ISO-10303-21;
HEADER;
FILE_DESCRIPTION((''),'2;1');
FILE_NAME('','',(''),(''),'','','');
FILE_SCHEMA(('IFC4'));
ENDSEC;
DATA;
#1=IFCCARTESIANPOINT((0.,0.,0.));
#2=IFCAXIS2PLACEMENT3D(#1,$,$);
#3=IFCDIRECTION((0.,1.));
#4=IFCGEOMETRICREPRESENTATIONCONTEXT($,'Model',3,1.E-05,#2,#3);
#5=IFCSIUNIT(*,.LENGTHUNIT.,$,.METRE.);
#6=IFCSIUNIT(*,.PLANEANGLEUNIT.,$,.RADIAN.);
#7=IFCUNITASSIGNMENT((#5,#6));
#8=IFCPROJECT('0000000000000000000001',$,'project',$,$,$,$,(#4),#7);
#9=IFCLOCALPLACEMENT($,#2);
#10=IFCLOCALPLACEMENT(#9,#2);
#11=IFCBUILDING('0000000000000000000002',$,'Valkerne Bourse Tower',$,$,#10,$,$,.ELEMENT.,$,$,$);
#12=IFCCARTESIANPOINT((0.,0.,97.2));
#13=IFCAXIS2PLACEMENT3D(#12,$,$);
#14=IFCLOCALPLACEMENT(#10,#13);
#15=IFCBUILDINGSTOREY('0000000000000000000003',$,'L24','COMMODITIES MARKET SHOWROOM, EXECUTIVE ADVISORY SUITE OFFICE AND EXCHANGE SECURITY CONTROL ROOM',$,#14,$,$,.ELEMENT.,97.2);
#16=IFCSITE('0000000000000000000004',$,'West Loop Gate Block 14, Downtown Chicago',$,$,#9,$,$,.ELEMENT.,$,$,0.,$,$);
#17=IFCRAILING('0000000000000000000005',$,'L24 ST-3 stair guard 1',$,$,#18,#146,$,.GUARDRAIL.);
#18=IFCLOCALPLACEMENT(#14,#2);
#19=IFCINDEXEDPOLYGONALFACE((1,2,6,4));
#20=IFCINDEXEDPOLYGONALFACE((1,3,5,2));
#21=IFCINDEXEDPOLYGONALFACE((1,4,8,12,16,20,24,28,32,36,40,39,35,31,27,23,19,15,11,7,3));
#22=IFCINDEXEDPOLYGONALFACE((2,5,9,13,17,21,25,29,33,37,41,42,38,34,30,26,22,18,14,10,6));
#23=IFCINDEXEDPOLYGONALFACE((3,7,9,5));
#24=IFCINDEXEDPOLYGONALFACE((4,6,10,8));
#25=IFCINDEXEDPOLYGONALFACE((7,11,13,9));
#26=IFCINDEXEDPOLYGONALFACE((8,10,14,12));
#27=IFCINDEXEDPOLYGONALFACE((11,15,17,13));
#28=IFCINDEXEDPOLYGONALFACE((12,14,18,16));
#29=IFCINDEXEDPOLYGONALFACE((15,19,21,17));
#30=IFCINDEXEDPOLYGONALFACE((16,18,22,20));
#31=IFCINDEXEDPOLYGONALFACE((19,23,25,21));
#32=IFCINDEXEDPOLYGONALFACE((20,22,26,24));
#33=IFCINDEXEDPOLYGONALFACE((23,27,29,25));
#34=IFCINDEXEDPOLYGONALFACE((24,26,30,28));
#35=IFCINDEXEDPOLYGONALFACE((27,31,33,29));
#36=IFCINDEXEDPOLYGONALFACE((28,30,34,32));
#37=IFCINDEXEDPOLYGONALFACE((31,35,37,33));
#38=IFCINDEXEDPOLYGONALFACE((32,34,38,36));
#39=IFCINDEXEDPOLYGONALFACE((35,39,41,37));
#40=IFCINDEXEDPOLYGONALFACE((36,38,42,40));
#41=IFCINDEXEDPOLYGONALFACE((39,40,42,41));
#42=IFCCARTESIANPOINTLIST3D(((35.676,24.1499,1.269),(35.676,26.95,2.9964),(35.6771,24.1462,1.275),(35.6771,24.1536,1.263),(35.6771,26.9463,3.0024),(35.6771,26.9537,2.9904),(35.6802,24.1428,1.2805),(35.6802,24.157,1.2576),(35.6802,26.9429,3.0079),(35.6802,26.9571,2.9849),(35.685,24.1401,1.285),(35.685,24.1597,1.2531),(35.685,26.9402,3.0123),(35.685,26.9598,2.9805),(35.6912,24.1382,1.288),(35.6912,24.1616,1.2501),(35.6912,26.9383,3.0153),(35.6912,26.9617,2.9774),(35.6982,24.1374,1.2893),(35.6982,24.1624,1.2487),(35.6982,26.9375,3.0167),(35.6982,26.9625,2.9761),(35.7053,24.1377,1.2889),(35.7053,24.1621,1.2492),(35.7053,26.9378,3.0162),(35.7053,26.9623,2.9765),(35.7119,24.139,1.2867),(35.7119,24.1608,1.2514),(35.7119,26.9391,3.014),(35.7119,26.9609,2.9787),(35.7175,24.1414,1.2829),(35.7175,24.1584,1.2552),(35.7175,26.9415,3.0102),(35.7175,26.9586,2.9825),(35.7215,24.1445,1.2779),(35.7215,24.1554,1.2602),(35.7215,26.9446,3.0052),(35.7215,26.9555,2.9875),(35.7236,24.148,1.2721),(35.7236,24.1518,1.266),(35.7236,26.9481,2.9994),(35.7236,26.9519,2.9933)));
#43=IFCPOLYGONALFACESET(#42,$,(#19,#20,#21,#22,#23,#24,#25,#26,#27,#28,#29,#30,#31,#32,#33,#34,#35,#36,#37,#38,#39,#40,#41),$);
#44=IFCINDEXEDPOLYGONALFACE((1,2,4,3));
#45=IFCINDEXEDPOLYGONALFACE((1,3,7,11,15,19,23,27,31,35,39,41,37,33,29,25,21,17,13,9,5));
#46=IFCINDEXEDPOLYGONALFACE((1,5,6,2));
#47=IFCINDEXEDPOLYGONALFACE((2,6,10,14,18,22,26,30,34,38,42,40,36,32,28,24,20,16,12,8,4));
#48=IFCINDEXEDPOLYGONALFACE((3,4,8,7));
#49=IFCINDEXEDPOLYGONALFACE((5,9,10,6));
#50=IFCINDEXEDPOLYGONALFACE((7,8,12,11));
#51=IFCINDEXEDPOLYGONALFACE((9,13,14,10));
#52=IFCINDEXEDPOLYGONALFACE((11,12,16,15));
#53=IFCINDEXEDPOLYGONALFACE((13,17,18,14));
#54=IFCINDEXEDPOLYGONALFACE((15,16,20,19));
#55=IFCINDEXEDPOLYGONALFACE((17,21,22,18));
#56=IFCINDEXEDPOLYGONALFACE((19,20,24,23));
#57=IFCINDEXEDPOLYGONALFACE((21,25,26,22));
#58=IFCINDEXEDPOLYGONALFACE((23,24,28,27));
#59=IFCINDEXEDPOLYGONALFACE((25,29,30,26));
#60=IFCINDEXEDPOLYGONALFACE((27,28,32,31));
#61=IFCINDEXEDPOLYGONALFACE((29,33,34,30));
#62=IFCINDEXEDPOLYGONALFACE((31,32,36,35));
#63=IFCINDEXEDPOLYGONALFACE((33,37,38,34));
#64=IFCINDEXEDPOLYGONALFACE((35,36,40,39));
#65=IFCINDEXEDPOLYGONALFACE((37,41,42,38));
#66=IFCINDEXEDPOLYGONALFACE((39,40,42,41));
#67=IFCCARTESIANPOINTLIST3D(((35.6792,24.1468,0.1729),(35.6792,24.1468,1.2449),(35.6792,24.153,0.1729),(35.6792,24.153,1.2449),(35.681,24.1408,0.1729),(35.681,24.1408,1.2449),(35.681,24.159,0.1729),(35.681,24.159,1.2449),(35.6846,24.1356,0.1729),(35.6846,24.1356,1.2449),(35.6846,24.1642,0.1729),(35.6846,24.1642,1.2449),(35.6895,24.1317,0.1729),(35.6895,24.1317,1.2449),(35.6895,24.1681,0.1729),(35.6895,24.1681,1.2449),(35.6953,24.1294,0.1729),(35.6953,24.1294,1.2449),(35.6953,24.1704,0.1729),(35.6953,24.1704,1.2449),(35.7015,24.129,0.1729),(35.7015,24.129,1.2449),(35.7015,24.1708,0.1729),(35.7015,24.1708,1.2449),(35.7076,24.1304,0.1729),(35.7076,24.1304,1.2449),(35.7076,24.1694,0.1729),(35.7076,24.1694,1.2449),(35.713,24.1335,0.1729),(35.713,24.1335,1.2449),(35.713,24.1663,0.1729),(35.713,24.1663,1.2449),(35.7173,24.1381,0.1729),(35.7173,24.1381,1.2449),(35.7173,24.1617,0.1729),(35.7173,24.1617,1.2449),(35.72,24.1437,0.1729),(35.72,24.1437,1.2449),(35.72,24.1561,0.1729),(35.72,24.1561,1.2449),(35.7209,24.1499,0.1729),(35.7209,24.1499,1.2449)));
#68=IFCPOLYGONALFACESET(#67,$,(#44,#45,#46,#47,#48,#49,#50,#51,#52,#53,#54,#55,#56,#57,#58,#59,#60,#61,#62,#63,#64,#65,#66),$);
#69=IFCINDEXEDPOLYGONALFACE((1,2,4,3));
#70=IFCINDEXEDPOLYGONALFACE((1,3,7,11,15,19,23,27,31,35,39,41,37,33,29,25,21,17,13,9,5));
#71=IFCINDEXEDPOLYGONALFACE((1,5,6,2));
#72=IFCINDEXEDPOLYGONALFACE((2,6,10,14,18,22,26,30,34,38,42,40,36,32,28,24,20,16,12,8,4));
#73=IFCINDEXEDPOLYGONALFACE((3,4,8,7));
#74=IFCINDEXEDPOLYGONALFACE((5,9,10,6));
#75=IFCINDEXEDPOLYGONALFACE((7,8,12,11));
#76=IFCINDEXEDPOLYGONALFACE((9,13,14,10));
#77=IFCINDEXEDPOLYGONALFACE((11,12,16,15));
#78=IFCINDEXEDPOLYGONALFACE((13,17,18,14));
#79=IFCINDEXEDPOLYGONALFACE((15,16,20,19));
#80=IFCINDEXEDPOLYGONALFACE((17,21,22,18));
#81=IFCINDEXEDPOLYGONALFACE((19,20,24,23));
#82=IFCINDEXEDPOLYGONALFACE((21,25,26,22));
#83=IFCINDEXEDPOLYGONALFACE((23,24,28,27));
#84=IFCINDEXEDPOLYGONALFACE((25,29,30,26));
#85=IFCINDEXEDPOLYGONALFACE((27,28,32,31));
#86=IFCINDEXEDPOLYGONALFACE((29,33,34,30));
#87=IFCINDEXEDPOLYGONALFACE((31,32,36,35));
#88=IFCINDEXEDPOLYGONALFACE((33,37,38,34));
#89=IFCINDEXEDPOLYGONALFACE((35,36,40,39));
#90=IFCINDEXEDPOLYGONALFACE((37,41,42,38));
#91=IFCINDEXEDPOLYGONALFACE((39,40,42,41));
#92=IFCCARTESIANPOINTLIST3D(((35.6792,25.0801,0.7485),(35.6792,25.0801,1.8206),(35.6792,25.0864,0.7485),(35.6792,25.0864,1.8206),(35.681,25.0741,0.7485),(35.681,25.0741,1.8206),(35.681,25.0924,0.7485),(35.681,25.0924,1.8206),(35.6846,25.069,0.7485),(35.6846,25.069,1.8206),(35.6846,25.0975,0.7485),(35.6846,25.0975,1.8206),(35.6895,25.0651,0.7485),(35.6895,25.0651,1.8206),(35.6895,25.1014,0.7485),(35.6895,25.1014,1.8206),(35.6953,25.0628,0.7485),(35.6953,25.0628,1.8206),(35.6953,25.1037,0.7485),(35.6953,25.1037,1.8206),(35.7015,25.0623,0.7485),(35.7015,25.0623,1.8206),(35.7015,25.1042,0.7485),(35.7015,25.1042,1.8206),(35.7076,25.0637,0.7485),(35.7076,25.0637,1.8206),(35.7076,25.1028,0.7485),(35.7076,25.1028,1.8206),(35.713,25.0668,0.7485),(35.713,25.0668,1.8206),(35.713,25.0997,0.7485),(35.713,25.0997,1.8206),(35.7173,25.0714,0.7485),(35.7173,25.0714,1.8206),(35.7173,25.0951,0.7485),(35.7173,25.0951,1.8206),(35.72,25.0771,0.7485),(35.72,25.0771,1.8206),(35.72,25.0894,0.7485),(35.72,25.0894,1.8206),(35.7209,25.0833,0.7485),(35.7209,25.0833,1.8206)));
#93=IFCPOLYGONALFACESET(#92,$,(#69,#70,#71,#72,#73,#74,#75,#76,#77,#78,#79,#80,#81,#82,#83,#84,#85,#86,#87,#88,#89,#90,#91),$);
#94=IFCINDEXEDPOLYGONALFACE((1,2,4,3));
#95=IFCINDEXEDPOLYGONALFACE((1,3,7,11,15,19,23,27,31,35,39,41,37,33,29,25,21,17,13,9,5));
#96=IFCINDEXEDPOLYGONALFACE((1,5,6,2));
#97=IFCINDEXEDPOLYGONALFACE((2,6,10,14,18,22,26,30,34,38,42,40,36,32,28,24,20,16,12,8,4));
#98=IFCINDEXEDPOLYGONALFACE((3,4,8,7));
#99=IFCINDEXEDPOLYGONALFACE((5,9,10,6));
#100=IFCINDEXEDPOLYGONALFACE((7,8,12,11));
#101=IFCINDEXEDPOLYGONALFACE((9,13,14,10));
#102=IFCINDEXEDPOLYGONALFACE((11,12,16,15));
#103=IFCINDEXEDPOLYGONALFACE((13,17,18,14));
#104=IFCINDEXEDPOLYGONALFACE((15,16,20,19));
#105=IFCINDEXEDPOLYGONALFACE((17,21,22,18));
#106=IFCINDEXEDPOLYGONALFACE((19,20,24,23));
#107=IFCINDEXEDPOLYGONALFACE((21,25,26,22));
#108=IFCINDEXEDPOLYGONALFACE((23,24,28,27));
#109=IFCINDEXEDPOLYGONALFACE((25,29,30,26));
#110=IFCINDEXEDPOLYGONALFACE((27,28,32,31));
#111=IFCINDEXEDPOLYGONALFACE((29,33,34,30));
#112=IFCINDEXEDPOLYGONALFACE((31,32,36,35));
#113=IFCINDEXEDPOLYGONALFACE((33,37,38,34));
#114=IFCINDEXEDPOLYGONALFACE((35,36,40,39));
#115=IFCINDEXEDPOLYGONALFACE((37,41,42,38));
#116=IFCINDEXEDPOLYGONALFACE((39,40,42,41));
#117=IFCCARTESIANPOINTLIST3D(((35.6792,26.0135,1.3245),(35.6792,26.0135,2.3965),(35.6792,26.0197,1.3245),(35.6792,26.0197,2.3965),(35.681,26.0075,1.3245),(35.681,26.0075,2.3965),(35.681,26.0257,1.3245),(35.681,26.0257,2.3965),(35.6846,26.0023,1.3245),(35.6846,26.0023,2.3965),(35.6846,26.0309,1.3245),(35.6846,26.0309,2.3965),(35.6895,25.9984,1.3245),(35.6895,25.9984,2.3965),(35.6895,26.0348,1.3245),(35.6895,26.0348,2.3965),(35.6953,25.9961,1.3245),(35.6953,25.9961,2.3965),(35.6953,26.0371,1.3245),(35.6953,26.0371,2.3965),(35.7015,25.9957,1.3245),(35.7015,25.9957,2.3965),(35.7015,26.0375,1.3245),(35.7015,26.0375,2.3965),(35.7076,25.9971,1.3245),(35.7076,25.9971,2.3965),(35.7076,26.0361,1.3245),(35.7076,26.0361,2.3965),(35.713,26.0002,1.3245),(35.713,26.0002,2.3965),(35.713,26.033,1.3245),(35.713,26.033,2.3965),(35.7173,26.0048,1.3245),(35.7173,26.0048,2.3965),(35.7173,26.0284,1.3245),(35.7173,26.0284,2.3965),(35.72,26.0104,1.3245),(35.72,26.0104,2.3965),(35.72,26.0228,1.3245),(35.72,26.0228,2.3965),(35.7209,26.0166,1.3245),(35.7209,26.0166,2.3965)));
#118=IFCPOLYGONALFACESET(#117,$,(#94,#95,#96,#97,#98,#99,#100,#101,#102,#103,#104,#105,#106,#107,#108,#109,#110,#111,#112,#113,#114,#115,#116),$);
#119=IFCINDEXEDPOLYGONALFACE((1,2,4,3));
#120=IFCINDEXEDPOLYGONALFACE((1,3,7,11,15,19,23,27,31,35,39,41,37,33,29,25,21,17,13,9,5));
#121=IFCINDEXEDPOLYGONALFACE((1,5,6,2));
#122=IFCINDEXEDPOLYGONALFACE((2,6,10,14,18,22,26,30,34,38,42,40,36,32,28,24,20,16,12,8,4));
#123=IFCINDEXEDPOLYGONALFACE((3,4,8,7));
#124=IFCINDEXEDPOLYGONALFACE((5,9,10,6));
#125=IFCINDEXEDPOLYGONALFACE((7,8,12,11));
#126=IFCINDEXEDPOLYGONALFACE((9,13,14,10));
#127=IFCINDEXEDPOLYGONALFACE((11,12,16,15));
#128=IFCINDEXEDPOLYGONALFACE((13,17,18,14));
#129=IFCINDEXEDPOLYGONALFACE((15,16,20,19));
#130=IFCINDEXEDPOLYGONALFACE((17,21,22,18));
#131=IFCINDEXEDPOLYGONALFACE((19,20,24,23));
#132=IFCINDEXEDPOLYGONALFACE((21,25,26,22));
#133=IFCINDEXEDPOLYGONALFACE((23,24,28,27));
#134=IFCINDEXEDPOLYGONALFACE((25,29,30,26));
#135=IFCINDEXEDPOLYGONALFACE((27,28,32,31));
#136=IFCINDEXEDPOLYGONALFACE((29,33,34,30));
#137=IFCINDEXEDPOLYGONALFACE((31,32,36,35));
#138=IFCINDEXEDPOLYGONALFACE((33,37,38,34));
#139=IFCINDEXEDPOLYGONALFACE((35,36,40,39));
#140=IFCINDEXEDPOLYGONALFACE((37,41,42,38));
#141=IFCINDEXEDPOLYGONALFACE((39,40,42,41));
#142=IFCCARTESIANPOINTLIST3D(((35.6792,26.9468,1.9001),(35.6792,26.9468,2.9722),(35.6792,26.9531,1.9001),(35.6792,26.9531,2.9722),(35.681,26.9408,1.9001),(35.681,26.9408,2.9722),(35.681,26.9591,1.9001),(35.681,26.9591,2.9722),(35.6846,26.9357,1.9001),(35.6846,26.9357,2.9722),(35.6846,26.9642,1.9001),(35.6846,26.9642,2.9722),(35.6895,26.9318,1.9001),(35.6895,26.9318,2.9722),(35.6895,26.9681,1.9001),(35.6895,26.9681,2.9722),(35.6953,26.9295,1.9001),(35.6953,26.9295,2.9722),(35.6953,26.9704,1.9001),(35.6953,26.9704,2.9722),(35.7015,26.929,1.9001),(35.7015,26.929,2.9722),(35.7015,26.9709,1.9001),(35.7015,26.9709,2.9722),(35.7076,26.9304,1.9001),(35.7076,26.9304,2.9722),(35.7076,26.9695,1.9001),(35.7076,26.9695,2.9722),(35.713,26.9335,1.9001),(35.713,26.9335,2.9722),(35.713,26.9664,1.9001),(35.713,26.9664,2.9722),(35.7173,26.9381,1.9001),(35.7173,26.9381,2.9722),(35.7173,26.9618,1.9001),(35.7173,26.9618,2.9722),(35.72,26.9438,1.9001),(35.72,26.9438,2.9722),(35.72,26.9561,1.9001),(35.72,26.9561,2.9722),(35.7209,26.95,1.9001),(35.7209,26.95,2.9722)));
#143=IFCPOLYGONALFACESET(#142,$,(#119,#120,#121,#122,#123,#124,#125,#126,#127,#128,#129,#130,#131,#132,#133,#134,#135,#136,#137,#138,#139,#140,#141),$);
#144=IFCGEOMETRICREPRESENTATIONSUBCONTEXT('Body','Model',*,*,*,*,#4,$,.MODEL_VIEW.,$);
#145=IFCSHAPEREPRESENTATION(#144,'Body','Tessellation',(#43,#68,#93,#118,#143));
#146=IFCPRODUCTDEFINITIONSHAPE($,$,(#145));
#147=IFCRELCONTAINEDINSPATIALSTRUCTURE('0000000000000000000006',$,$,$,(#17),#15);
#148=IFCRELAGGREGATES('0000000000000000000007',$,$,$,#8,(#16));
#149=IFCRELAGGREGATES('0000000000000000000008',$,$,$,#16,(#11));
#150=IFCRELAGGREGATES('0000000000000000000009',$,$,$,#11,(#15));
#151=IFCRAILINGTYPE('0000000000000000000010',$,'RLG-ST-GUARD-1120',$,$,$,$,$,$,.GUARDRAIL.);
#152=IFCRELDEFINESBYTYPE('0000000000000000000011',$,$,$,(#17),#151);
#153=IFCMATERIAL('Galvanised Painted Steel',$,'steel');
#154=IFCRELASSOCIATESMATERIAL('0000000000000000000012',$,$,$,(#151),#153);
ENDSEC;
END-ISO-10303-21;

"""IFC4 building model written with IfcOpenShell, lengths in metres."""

from ifc_helpers import new_model, si_unit, direction, frame, origin, origin_2d, place, context, subcontext, project, spatial, circle, extrude, material, type_object, element, save


model = new_model("IFC4")

# Units and contexts
model_context = context("Model", 3, precision=1e-05, world=origin(), true_north=direction((0.0, 1.0)))
body_context = subcontext(model_context, "Body", "Model", "MODEL_VIEW")
ifc_project = project(units=[si_unit("LENGTHUNIT", "METRE"), si_unit("PLANEANGLEUNIT", "RADIAN")], contexts=[model_context])

# Site, building, storey
site_placement = place(None, origin())
site = spatial("IfcSite", under=ifc_project, at=site_placement, Name="West Loop Gate Block 14, Downtown Chicago", CompositionType="ELEMENT", RefElevation=0.0)
building_placement = place(site_placement, origin())
building = spatial("IfcBuilding", under=site, at=building_placement, Name="Valkerne Bourse Tower", CompositionType="ELEMENT")
storey_placement = place(building_placement, frame((0.0, 0.0, 97.2)))
storey = spatial("IfcBuildingStorey", under=building, at=storey_placement, Name="L24", Description="COMMODITIES MARKET SHOWROOM, EXECUTIVE ADVISORY SUITE OFFICE AND EXCHANGE SECURITY CONTROL ROOM", CompositionType="ELEMENT", Elevation=97.2)

# Shared definitions
ifc_material_1 = material(Name="Galvanised Painted Steel", Category="steel")

# Railing
railing_type_1 = type_object("IfcRailingType", Name="RLG-ST-GUARD-1120", PredefinedType="GUARDRAIL", material=ifc_material_1)
railing_1_placement = place(storey_placement, frame((35.7, 24.1499, 0.1729)))
element("IfcRailing", 1, at=railing_1_placement, inside=storey, type_object=railing_type_1, Name="L24 ST-3 stair guard 1", PredefinedType="GUARDRAIL", context=body_context, shape_type="SweptSolid", body=[
    extrude(circle(Radius=0.0239, at=origin_2d()), frame((0.0, 0.0, 1.0962), z_axis=(0.0, 0.85109, 0.52502), x_axis=(-1.0, 0.0, 0.0)), (0.0, 0.0, 1.0), 3.29),
    extrude(circle(Radius=0.021, at=origin_2d()), origin(), (0.0, 0.0, 1.0), 1.072),
    extrude(circle(Radius=0.021, at=origin_2d()), frame((0.0, 0.9333, 0.5757)), (0.0, 0.0, 1.0), 1.072),
    extrude(circle(Radius=0.021, at=origin_2d()), frame((0.0, 1.8667, 1.1516)), (0.0, 0.0, 1.0), 1.072),
    extrude(circle(Radius=0.021, at=origin_2d()), frame((0.0, 2.8, 1.7273)), (0.0, 0.0, 1.0), 1.072),
])

save(model, "model.ifc")
